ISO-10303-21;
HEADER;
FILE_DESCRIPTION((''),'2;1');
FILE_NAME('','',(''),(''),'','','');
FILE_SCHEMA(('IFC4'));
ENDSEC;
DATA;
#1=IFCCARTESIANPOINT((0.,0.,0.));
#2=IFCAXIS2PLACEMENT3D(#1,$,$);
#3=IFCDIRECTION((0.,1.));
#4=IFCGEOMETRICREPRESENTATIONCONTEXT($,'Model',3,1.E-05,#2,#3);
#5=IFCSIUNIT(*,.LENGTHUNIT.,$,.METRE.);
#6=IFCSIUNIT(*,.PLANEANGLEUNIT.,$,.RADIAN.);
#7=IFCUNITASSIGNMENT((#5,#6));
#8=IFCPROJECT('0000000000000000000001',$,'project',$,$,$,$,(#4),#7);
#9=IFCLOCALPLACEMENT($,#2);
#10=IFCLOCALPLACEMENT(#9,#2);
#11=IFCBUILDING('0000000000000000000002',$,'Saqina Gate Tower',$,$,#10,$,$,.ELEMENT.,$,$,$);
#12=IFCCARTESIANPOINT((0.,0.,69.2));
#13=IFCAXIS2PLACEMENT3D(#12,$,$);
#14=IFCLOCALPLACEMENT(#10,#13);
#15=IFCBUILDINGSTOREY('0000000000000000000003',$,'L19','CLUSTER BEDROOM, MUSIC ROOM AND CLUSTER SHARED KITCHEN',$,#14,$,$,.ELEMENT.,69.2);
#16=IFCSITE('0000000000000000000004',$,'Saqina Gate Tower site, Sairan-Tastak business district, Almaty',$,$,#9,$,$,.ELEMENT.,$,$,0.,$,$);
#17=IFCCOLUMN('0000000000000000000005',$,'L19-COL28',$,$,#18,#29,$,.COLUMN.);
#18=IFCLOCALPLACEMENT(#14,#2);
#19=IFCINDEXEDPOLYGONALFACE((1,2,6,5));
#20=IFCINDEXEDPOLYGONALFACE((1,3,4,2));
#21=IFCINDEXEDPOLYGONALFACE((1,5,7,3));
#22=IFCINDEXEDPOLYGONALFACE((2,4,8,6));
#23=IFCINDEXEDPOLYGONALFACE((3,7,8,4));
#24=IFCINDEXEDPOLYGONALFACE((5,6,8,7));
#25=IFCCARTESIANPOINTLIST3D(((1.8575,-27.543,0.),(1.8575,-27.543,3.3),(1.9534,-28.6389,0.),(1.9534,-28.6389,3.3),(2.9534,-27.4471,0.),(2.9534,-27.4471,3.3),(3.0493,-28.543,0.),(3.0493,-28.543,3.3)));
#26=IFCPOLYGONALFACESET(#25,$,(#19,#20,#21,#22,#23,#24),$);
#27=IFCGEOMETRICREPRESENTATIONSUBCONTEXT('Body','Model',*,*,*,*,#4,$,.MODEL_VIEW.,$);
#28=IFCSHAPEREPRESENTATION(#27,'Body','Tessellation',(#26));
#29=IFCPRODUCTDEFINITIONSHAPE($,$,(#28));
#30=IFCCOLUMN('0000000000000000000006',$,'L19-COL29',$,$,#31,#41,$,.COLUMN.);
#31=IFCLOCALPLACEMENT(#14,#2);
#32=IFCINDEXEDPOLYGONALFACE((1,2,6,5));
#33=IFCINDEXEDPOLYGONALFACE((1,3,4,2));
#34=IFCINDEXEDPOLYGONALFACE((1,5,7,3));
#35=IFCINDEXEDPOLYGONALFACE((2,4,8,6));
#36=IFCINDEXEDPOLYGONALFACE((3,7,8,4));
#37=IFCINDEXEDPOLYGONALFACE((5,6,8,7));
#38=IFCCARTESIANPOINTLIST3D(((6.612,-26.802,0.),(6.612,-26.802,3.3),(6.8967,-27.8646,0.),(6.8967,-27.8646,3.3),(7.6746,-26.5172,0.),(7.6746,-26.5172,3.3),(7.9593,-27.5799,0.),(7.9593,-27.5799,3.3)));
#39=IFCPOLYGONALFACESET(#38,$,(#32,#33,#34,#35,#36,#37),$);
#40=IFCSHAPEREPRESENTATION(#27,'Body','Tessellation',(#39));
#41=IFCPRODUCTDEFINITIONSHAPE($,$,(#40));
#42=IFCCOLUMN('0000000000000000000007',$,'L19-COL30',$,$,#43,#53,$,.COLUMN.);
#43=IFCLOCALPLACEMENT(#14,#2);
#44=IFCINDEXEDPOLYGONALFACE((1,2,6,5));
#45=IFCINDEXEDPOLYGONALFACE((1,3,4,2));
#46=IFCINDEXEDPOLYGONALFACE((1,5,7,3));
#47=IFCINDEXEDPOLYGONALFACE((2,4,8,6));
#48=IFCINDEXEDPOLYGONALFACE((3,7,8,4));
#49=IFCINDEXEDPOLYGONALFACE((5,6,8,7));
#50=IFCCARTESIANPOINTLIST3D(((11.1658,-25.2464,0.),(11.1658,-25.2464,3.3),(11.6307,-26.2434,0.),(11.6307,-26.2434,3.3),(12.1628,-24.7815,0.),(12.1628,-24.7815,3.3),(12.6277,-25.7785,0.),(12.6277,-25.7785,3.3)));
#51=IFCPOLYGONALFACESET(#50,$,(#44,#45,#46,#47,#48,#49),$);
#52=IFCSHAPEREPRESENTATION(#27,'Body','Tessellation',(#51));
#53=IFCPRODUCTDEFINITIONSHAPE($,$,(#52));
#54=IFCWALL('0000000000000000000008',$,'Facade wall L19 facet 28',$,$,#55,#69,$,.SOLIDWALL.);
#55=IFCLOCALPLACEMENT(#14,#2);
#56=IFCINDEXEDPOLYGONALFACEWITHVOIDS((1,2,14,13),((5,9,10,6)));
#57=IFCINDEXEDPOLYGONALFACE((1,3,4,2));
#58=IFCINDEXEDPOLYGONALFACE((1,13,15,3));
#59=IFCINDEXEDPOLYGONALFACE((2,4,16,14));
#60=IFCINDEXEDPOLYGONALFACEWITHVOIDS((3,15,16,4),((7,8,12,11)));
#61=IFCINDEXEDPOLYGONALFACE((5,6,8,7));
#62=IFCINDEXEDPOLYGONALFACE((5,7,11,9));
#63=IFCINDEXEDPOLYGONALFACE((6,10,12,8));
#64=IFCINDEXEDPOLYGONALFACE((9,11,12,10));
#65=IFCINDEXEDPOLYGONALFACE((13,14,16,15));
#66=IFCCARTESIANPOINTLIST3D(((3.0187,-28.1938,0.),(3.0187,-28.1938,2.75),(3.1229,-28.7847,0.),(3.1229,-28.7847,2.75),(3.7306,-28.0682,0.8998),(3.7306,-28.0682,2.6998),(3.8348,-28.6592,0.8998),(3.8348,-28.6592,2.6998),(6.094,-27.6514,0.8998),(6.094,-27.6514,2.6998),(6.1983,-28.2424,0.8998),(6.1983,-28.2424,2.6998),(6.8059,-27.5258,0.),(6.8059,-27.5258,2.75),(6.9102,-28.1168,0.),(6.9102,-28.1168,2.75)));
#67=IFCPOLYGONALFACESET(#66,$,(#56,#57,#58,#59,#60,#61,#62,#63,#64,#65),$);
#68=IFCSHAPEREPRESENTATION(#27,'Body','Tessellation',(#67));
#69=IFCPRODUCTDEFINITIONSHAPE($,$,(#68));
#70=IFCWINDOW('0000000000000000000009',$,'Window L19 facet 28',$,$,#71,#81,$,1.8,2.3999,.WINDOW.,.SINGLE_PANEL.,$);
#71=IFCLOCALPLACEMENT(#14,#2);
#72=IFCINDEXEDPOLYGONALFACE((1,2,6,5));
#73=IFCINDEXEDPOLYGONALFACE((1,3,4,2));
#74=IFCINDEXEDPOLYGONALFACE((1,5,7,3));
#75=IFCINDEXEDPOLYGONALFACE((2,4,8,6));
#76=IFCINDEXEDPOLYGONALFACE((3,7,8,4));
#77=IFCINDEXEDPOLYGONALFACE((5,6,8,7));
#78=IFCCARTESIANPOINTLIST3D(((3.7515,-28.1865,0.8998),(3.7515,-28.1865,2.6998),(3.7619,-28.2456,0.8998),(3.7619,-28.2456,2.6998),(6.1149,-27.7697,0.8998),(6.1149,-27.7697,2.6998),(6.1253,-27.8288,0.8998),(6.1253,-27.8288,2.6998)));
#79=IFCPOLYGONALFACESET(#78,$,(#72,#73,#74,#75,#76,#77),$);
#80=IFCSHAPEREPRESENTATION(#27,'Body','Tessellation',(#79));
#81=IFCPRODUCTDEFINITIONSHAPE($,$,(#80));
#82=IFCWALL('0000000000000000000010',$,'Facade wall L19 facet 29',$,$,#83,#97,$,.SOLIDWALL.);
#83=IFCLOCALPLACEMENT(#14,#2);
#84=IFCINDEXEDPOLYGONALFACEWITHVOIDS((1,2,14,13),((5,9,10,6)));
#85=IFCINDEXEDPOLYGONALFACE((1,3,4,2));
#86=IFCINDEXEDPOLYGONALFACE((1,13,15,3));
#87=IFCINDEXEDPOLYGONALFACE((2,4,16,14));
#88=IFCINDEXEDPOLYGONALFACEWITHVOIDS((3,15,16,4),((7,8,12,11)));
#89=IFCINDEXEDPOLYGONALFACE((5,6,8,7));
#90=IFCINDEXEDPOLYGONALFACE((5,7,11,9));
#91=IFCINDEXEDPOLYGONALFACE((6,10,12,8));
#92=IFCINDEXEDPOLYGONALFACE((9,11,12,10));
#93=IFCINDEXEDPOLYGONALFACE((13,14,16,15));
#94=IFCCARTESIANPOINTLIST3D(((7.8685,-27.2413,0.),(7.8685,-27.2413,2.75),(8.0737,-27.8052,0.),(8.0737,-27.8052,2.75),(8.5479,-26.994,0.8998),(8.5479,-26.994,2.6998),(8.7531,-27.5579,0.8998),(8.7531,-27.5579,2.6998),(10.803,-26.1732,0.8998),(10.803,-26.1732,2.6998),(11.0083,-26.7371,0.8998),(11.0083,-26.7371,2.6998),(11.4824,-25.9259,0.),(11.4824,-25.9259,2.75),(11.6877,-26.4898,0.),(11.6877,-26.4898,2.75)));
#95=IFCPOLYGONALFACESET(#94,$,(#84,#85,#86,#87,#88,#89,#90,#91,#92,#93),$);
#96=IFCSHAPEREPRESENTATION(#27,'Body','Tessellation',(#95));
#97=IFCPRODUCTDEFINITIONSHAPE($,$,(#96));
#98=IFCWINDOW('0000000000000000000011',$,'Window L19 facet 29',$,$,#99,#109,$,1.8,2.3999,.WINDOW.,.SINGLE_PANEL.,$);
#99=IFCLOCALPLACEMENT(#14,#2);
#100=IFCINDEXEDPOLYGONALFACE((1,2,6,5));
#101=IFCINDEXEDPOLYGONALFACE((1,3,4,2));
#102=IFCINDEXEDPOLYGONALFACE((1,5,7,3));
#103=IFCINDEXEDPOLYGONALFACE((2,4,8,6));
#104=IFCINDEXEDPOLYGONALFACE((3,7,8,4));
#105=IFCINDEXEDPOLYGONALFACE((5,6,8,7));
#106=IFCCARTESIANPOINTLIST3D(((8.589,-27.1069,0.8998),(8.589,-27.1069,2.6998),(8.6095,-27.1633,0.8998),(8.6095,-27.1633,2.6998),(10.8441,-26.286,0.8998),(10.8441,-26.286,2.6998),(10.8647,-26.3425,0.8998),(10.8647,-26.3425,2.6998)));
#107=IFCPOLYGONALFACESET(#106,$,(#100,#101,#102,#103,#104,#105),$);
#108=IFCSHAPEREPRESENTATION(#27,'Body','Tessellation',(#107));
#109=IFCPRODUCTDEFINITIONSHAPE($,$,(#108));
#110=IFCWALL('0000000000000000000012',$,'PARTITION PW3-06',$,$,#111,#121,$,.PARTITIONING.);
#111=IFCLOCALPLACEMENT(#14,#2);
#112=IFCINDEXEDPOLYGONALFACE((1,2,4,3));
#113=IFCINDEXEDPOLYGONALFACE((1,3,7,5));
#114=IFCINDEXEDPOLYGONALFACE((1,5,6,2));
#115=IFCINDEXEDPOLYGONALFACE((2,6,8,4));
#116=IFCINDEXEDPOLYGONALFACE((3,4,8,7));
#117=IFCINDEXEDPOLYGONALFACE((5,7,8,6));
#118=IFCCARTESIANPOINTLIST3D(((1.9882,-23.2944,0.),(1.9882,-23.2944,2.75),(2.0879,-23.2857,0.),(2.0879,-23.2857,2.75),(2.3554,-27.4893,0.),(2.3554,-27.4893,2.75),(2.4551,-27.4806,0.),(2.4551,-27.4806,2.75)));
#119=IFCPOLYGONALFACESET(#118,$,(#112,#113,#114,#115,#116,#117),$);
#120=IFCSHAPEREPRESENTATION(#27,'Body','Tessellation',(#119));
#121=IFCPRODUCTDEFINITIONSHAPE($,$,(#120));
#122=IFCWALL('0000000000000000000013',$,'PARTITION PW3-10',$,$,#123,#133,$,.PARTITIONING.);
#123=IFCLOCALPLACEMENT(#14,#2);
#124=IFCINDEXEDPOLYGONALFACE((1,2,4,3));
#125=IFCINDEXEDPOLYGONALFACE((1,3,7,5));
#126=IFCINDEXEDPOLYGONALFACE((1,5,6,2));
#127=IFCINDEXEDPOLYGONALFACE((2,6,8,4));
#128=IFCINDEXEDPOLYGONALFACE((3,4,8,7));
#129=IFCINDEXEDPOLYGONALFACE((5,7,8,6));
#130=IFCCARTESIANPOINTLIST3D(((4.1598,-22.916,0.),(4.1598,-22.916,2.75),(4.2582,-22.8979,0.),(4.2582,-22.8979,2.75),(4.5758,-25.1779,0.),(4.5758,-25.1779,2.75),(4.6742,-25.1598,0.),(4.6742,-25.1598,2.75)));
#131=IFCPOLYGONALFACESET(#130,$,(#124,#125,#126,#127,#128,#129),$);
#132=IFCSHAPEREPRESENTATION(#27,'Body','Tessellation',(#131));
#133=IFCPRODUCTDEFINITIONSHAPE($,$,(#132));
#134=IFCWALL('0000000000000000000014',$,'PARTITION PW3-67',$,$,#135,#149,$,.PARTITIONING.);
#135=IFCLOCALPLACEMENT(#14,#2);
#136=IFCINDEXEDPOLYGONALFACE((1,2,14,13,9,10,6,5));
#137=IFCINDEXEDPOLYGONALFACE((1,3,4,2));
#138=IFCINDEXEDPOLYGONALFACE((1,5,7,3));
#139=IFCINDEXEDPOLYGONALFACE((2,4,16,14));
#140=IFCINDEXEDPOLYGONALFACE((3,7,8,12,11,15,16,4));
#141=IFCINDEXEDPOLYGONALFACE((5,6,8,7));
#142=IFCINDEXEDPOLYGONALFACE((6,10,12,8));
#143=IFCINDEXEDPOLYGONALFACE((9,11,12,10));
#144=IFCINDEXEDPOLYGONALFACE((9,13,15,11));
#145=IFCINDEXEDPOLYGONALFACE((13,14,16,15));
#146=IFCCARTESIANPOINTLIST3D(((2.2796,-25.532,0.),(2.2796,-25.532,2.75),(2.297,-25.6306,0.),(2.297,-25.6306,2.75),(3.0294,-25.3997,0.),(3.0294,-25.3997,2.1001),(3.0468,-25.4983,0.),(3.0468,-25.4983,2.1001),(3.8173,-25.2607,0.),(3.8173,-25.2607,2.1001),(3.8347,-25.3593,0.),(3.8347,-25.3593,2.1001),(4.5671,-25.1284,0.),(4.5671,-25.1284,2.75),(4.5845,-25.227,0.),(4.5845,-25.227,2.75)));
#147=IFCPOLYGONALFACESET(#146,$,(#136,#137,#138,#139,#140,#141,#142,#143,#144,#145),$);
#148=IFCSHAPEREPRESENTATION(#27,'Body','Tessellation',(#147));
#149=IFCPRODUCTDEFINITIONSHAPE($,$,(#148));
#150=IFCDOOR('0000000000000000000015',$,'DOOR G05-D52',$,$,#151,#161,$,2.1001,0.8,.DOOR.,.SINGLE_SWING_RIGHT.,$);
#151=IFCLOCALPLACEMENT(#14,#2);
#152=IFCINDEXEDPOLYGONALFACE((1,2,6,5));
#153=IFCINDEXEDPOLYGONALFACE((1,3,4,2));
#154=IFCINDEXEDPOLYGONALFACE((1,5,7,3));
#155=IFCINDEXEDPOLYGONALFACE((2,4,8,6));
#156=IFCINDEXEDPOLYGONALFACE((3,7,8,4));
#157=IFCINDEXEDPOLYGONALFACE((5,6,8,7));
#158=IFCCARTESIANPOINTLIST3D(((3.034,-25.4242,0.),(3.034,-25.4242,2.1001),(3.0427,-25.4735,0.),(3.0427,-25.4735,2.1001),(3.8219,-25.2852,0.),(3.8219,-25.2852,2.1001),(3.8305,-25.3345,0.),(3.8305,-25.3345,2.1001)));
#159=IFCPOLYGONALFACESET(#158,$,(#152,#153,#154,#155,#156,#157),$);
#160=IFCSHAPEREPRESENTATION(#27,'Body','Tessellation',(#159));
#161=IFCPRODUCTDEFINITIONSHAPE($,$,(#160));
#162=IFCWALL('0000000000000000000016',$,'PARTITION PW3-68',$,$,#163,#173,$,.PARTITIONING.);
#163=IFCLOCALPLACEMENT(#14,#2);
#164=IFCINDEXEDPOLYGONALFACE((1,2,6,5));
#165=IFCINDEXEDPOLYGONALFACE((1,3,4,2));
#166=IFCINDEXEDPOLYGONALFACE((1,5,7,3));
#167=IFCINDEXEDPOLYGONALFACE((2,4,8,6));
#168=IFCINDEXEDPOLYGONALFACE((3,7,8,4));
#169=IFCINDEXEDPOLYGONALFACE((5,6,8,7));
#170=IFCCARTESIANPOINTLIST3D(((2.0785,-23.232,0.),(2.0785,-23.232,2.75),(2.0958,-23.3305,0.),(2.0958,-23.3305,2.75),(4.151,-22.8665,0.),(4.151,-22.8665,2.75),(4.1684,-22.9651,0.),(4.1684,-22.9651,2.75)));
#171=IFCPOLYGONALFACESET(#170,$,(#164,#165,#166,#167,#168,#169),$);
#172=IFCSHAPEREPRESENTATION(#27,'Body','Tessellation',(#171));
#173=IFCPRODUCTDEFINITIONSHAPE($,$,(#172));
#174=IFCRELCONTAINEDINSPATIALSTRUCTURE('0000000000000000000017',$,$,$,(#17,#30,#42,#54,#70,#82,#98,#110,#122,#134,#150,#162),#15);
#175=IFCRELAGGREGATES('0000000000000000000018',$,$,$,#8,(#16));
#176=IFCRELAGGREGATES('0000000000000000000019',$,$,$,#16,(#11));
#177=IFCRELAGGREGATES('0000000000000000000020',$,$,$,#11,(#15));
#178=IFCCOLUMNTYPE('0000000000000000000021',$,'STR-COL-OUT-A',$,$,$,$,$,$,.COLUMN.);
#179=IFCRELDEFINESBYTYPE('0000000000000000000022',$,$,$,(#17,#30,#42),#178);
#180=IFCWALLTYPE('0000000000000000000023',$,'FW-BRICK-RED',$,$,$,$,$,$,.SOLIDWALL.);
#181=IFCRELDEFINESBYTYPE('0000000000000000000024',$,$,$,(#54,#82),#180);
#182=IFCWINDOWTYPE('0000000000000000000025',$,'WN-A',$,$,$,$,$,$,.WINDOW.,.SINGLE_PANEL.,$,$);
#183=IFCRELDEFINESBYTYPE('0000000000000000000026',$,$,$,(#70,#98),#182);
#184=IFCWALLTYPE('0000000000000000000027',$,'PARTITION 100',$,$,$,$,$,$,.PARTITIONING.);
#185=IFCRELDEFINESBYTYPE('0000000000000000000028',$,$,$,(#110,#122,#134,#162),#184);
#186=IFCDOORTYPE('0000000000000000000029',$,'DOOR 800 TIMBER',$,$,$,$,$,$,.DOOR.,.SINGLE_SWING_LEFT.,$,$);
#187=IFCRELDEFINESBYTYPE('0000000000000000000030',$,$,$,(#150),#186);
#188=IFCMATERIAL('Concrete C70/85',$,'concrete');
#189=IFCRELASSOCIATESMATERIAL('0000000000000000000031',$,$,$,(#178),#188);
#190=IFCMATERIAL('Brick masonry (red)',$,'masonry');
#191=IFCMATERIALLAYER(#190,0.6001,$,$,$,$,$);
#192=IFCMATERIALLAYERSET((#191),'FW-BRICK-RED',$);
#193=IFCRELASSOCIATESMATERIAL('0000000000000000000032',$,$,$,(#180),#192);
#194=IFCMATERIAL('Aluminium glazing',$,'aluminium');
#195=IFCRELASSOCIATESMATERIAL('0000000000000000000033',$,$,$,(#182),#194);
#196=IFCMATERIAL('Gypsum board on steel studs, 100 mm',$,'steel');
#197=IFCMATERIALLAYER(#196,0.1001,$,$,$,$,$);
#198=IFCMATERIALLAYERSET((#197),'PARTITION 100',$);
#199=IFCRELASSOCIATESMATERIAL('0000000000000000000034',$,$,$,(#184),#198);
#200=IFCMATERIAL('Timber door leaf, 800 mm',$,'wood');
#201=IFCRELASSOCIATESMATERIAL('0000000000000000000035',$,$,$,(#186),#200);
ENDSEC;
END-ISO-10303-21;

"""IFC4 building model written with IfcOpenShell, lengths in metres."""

from ifc_helpers import new_model, si_unit, direction, frame, frame_2d, origin, origin_2d, place, context, subcontext, project, spatial, rectangle, extrude, material, layer, layer_set, material_profile, profile_set, type_object, element, fill, save


model = new_model("IFC4")

# Units and contexts
model_context = context("Model", 3, precision=1e-05, world=origin(), true_north=direction((0.0, 1.0)))
body_context = subcontext(model_context, "Body", "Model", "MODEL_VIEW")
ifc_project = project(units=[si_unit("LENGTHUNIT", "METRE"), si_unit("PLANEANGLEUNIT", "RADIAN")], contexts=[model_context])

# Site, building, storey
site_placement = place(None, origin())
site = spatial("IfcSite", under=ifc_project, at=site_placement, Name="Saqina Gate Tower site, Sairan-Tastak business district, Almaty", CompositionType="ELEMENT", RefElevation=0.0)
building_placement = place(site_placement, origin())
building = spatial("IfcBuilding", under=site, at=building_placement, Name="Saqina Gate Tower", CompositionType="ELEMENT")
storey_placement = place(building_placement, frame((0.0, 0.0, 69.2)))
storey = spatial("IfcBuildingStorey", under=building, at=storey_placement, Name="L19", Description="CLUSTER BEDROOM, MUSIC ROOM AND CLUSTER SHARED KITCHEN", CompositionType="ELEMENT", Elevation=69.2)

# Columns
ifc_material_1 = material(Name="Concrete C70/85", Category="concrete")
ifc_material_profile = material_profile(ifc_material_1, rectangle(XDim=1.1001, YDim=1.1001, at=origin_2d()), Name="RC 1100x1100")
ifc_profile_set = profile_set([ifc_material_profile], Name="Concrete C70/85")
column_type = type_object("IfcColumnType", Name="STR-COL-OUT-A", PredefinedType="COLUMN", material=ifc_profile_set)
for number, where, z_axis, x_axis, name in (
    (1, (2.4534, -28.043, 0.0), (0.0, 0.0, 1.0), (0.087156, -0.996195, 0.0), "L19-COL28"),
    (2, (7.2856, -27.1909, 0.0), (0.0, 0.0, 1.0), (0.258819, -0.965926, 0.0), "L19-COL29"),
    (3, (11.8967, -25.5125, 0.0), (0.0, 0.0, 1.0), (0.422618, -0.906308, 0.0), "L19-COL30"),
):
    element("IfcColumn", number, at=place(storey_placement, frame(where, z_axis=z_axis, x_axis=x_axis)), inside=storey, type_object=column_type, Name=name, PredefinedType="COLUMN", context=body_context, shape_type="SweptSolid", body=[
        extrude(rectangle(XDim=1.1001, YDim=1.1001, at=origin_2d()), origin(), (0.0, 0.0, 1.0), 3.3),
    ])

# Walls, openings, windows
ifc_material_2 = material(Name="Brick masonry (red)", Category="masonry")
ifc_layer_1 = layer(ifc_material_2, 0.6001)
ifc_layer_set_1 = layer_set([ifc_layer_1], Name="FW-BRICK-RED")
wall_type_1 = type_object("IfcWallType", Name="FW-BRICK-RED", PredefinedType="SOLIDWALL", material=ifc_layer_set_1)
wall_1_placement = place(storey_placement, frame((3.0708, -28.4893, 0.0), z_axis=(0.0, 0.0, 1.0), x_axis=(0.984801, 0.173688, 0.0)))
wall_1 = element("IfcWall", 4, at=wall_1_placement, inside=storey, type_object=wall_type_1, Name="Facade wall L19 facet 28", PredefinedType="SOLIDWALL", context=body_context, shape_type="SweptSolid", body=[
    extrude(rectangle(XDim=3.8457, YDim=0.6001, at=frame_2d((1.9229, 0.0))), origin(), (0.0, 0.0, 1.0), 2.75),
])
opening_1_placement = place(wall_1_placement, frame((0.7229, 0.0, 0.8999)))
opening_1 = element("IfcOpeningElement", 5, at=opening_1_placement, cuts=wall_1, PredefinedType="OPENING", context=body_context, shape_type="SweptSolid", body=[
    extrude(rectangle(XDim=2.3999, YDim=1.8, at=frame_2d((1.2, 0.8999))), frame((0.0, 0.312, 0.0), z_axis=(0.0, -1.0, 0.0), x_axis=(1.0, 0.0, 0.0)), (0.0, 0.0, 1.0), 0.624),
])
ifc_material_3 = material(Name="Aluminium glazing", Category="aluminium")
window_type = type_object("IfcWindowType", Name="WN-A", PartitioningType="SINGLE_PANEL", PredefinedType="WINDOW", material=ifc_material_3)
window_1_placement = place(opening_1_placement, origin())
window_1 = element("IfcWindow", 6, at=window_1_placement, inside=storey, type_object=window_type, Name="Window L19 facet 28", OverallHeight=1.8, OverallWidth=2.3999, PartitioningType="SINGLE_PANEL", PredefinedType="WINDOW", context=body_context, shape_type="SweptSolid", body=[
    extrude(rectangle(XDim=2.3999, YDim=1.8, at=frame_2d((1.2, 0.8999))), frame((0.0, 0.1799, 0.0), z_axis=(0.0, -1.0, 0.0), x_axis=(1.0, 0.0, 0.0)), (0.0, 0.0, 1.0), 0.0601),
])
fill(opening_1, window_1)
wall_2_placement = place(storey_placement, frame((7.9712, -27.5232, 0.0), z_axis=(0.0, 0.0, 1.0), x_axis=(0.93969, 0.342028, 0.0)))
wall_2 = element("IfcWall", 7, at=wall_2_placement, inside=storey, type_object=wall_type_1, Name="Facade wall L19 facet 29", PredefinedType="SOLIDWALL", context=body_context, shape_type="SweptSolid", body=[
    extrude(rectangle(XDim=3.8459, YDim=0.6001, at=frame_2d((1.9229, 0.0))), origin(), (0.0, 0.0, 1.0), 2.75),
])
opening_2_placement = place(wall_2_placement, frame((0.7229, 0.0, 0.8999)))
opening_2 = element("IfcOpeningElement", 8, at=opening_2_placement, cuts=wall_2, PredefinedType="OPENING", context=body_context, shape_type="SweptSolid", body=[
    extrude(rectangle(XDim=2.3999, YDim=1.8, at=frame_2d((1.2, 0.8999))), frame((0.0, 0.312, 0.0), z_axis=(0.0, -1.0, 0.0), x_axis=(1.0, 0.0, 0.0)), (0.0, 0.0, 1.0), 0.624),
])
window_2_placement = place(opening_2_placement, origin())
window_2 = element("IfcWindow", 9, at=window_2_placement, inside=storey, type_object=window_type, Name="Window L19 facet 29", OverallHeight=1.8, OverallWidth=2.3999, PartitioningType="SINGLE_PANEL", PredefinedType="WINDOW", context=body_context, shape_type="SweptSolid", body=[
    extrude(rectangle(XDim=2.3999, YDim=1.8, at=frame_2d((1.2, 0.8999))), frame((0.0, 0.1799, 0.0), z_axis=(0.0, -1.0, 0.0), x_axis=(1.0, 0.0, 0.0)), (0.0, 0.0, 1.0), 0.0601),
])
fill(opening_2, window_2)

# Walls
ifc_material_4 = material(Name="Gypsum board on steel studs, 100 mm", Category="steel")
ifc_layer_2 = layer(ifc_material_4, 0.1001)
ifc_layer_set_2 = layer_set([ifc_layer_2], Name="PARTITION 100")
wall_type_2 = type_object("IfcWallType", Name="PARTITION 100", PredefinedType="PARTITIONING", material=ifc_layer_set_2)
wall_3_placement = place(storey_placement, frame((2.0381, -23.29, 0.0), z_axis=(0.0, 0.0, 1.0), x_axis=(0.0872, -0.996191, 0.0)))
element("IfcWall", 10, at=wall_3_placement, inside=storey, type_object=wall_type_2, Name="PARTITION PW3-06", PredefinedType="PARTITIONING", context=body_context, shape_type="SweptSolid", body=[
    extrude(rectangle(XDim=4.2109, YDim=0.1001, at=frame_2d((2.1055, 0.0))), origin(), (0.0, 0.0, 1.0), 2.75),
])
wall_4_placement = place(storey_placement, frame((4.209, -22.907, 0.0), z_axis=(0.0, 0.0, 1.0), x_axis=(0.180884, -0.983504, 0.0)))
element("IfcWall", 11, at=wall_4_placement, inside=storey, type_object=wall_type_2, Name="PARTITION PW3-10", PredefinedType="PARTITIONING", context=body_context, shape_type="SweptSolid", body=[
    extrude(rectangle(XDim=2.2998, YDim=0.1001, at=frame_2d((1.1499, 0.0))), origin(), (0.0, 0.0, 1.0), 2.75),
])

# Wall, opening, door
wall_5_placement = place(storey_placement, frame((2.2883, -25.5813, 0.0), z_axis=(0.0, 0.0, 1.0), x_axis=(0.98479, 0.173749, 0.0)))
wall_5 = element("IfcWall", 12, at=wall_5_placement, inside=storey, type_object=wall_type_2, Name="PARTITION PW3-67", PredefinedType="PARTITIONING", context=body_context, shape_type="SweptSolid", body=[
    extrude(rectangle(XDim=2.3228, YDim=0.1001, at=frame_2d((1.1614, 0.0))), origin(), (0.0, 0.0, 1.0), 2.75),
])
opening_3_placement = place(wall_5_placement, frame((0.7615, 0.0, 0.0)))
opening_3 = element("IfcOpeningElement", 13, at=opening_3_placement, cuts=wall_5, PredefinedType="OPENING", context=body_context, shape_type="SweptSolid", body=[
    extrude(rectangle(XDim=0.8, YDim=2.1001, at=frame_2d((0.3999, 1.05))), frame((0.0, 0.062, 0.0), z_axis=(0.0, -1.0, 0.0), x_axis=(1.0, 0.0, 0.0)), (0.0, 0.0, 1.0), 0.124),
])
ifc_material_5 = material(Name="Timber door leaf, 800 mm", Category="wood")
door_type_1 = type_object("IfcDoorType", Name="DOOR 800 TIMBER", OperationType="SINGLE_SWING_LEFT", PredefinedType="DOOR", material=ifc_material_5)
door_1_placement = place(opening_3_placement, frame((0.8, 0.0, 0.0), z_axis=(0.0, 0.0, 1.0), x_axis=(-1.0, 0.0, 0.0)))
door_1 = element("IfcDoor", 14, at=door_1_placement, inside=storey, type_object=door_type_1, Name="DOOR G05-D52", OperationType="SINGLE_SWING_RIGHT", OverallHeight=2.1001, OverallWidth=0.8, PredefinedType="DOOR", context=body_context, shape_type="SweptSolid", body=[
    extrude(rectangle(XDim=0.8, YDim=2.1001, at=frame_2d((0.3999, 1.05))), frame((0.0, 0.0249, 0.0), z_axis=(0.0, -1.0, 0.0), x_axis=(1.0, 0.0, 0.0)), (0.0, 0.0, 1.0), 0.05),
])
fill(opening_3, door_1)

# Wall
wall_6_placement = place(storey_placement, frame((2.0872, -23.2812, 0.0), z_axis=(0.0, 0.0, 1.0), x_axis=(0.984805, 0.173666, 0.0)))
element("IfcWall", 15, at=wall_6_placement, inside=storey, type_object=wall_type_2, Name="PARTITION PW3-68", PredefinedType="PARTITIONING", context=body_context, shape_type="SweptSolid", body=[
    extrude(rectangle(XDim=2.1045, YDim=0.1001, at=frame_2d((1.0522, 0.0))), origin(), (0.0, 0.0, 1.0), 2.75),
])

save(model, "model.ifc")
